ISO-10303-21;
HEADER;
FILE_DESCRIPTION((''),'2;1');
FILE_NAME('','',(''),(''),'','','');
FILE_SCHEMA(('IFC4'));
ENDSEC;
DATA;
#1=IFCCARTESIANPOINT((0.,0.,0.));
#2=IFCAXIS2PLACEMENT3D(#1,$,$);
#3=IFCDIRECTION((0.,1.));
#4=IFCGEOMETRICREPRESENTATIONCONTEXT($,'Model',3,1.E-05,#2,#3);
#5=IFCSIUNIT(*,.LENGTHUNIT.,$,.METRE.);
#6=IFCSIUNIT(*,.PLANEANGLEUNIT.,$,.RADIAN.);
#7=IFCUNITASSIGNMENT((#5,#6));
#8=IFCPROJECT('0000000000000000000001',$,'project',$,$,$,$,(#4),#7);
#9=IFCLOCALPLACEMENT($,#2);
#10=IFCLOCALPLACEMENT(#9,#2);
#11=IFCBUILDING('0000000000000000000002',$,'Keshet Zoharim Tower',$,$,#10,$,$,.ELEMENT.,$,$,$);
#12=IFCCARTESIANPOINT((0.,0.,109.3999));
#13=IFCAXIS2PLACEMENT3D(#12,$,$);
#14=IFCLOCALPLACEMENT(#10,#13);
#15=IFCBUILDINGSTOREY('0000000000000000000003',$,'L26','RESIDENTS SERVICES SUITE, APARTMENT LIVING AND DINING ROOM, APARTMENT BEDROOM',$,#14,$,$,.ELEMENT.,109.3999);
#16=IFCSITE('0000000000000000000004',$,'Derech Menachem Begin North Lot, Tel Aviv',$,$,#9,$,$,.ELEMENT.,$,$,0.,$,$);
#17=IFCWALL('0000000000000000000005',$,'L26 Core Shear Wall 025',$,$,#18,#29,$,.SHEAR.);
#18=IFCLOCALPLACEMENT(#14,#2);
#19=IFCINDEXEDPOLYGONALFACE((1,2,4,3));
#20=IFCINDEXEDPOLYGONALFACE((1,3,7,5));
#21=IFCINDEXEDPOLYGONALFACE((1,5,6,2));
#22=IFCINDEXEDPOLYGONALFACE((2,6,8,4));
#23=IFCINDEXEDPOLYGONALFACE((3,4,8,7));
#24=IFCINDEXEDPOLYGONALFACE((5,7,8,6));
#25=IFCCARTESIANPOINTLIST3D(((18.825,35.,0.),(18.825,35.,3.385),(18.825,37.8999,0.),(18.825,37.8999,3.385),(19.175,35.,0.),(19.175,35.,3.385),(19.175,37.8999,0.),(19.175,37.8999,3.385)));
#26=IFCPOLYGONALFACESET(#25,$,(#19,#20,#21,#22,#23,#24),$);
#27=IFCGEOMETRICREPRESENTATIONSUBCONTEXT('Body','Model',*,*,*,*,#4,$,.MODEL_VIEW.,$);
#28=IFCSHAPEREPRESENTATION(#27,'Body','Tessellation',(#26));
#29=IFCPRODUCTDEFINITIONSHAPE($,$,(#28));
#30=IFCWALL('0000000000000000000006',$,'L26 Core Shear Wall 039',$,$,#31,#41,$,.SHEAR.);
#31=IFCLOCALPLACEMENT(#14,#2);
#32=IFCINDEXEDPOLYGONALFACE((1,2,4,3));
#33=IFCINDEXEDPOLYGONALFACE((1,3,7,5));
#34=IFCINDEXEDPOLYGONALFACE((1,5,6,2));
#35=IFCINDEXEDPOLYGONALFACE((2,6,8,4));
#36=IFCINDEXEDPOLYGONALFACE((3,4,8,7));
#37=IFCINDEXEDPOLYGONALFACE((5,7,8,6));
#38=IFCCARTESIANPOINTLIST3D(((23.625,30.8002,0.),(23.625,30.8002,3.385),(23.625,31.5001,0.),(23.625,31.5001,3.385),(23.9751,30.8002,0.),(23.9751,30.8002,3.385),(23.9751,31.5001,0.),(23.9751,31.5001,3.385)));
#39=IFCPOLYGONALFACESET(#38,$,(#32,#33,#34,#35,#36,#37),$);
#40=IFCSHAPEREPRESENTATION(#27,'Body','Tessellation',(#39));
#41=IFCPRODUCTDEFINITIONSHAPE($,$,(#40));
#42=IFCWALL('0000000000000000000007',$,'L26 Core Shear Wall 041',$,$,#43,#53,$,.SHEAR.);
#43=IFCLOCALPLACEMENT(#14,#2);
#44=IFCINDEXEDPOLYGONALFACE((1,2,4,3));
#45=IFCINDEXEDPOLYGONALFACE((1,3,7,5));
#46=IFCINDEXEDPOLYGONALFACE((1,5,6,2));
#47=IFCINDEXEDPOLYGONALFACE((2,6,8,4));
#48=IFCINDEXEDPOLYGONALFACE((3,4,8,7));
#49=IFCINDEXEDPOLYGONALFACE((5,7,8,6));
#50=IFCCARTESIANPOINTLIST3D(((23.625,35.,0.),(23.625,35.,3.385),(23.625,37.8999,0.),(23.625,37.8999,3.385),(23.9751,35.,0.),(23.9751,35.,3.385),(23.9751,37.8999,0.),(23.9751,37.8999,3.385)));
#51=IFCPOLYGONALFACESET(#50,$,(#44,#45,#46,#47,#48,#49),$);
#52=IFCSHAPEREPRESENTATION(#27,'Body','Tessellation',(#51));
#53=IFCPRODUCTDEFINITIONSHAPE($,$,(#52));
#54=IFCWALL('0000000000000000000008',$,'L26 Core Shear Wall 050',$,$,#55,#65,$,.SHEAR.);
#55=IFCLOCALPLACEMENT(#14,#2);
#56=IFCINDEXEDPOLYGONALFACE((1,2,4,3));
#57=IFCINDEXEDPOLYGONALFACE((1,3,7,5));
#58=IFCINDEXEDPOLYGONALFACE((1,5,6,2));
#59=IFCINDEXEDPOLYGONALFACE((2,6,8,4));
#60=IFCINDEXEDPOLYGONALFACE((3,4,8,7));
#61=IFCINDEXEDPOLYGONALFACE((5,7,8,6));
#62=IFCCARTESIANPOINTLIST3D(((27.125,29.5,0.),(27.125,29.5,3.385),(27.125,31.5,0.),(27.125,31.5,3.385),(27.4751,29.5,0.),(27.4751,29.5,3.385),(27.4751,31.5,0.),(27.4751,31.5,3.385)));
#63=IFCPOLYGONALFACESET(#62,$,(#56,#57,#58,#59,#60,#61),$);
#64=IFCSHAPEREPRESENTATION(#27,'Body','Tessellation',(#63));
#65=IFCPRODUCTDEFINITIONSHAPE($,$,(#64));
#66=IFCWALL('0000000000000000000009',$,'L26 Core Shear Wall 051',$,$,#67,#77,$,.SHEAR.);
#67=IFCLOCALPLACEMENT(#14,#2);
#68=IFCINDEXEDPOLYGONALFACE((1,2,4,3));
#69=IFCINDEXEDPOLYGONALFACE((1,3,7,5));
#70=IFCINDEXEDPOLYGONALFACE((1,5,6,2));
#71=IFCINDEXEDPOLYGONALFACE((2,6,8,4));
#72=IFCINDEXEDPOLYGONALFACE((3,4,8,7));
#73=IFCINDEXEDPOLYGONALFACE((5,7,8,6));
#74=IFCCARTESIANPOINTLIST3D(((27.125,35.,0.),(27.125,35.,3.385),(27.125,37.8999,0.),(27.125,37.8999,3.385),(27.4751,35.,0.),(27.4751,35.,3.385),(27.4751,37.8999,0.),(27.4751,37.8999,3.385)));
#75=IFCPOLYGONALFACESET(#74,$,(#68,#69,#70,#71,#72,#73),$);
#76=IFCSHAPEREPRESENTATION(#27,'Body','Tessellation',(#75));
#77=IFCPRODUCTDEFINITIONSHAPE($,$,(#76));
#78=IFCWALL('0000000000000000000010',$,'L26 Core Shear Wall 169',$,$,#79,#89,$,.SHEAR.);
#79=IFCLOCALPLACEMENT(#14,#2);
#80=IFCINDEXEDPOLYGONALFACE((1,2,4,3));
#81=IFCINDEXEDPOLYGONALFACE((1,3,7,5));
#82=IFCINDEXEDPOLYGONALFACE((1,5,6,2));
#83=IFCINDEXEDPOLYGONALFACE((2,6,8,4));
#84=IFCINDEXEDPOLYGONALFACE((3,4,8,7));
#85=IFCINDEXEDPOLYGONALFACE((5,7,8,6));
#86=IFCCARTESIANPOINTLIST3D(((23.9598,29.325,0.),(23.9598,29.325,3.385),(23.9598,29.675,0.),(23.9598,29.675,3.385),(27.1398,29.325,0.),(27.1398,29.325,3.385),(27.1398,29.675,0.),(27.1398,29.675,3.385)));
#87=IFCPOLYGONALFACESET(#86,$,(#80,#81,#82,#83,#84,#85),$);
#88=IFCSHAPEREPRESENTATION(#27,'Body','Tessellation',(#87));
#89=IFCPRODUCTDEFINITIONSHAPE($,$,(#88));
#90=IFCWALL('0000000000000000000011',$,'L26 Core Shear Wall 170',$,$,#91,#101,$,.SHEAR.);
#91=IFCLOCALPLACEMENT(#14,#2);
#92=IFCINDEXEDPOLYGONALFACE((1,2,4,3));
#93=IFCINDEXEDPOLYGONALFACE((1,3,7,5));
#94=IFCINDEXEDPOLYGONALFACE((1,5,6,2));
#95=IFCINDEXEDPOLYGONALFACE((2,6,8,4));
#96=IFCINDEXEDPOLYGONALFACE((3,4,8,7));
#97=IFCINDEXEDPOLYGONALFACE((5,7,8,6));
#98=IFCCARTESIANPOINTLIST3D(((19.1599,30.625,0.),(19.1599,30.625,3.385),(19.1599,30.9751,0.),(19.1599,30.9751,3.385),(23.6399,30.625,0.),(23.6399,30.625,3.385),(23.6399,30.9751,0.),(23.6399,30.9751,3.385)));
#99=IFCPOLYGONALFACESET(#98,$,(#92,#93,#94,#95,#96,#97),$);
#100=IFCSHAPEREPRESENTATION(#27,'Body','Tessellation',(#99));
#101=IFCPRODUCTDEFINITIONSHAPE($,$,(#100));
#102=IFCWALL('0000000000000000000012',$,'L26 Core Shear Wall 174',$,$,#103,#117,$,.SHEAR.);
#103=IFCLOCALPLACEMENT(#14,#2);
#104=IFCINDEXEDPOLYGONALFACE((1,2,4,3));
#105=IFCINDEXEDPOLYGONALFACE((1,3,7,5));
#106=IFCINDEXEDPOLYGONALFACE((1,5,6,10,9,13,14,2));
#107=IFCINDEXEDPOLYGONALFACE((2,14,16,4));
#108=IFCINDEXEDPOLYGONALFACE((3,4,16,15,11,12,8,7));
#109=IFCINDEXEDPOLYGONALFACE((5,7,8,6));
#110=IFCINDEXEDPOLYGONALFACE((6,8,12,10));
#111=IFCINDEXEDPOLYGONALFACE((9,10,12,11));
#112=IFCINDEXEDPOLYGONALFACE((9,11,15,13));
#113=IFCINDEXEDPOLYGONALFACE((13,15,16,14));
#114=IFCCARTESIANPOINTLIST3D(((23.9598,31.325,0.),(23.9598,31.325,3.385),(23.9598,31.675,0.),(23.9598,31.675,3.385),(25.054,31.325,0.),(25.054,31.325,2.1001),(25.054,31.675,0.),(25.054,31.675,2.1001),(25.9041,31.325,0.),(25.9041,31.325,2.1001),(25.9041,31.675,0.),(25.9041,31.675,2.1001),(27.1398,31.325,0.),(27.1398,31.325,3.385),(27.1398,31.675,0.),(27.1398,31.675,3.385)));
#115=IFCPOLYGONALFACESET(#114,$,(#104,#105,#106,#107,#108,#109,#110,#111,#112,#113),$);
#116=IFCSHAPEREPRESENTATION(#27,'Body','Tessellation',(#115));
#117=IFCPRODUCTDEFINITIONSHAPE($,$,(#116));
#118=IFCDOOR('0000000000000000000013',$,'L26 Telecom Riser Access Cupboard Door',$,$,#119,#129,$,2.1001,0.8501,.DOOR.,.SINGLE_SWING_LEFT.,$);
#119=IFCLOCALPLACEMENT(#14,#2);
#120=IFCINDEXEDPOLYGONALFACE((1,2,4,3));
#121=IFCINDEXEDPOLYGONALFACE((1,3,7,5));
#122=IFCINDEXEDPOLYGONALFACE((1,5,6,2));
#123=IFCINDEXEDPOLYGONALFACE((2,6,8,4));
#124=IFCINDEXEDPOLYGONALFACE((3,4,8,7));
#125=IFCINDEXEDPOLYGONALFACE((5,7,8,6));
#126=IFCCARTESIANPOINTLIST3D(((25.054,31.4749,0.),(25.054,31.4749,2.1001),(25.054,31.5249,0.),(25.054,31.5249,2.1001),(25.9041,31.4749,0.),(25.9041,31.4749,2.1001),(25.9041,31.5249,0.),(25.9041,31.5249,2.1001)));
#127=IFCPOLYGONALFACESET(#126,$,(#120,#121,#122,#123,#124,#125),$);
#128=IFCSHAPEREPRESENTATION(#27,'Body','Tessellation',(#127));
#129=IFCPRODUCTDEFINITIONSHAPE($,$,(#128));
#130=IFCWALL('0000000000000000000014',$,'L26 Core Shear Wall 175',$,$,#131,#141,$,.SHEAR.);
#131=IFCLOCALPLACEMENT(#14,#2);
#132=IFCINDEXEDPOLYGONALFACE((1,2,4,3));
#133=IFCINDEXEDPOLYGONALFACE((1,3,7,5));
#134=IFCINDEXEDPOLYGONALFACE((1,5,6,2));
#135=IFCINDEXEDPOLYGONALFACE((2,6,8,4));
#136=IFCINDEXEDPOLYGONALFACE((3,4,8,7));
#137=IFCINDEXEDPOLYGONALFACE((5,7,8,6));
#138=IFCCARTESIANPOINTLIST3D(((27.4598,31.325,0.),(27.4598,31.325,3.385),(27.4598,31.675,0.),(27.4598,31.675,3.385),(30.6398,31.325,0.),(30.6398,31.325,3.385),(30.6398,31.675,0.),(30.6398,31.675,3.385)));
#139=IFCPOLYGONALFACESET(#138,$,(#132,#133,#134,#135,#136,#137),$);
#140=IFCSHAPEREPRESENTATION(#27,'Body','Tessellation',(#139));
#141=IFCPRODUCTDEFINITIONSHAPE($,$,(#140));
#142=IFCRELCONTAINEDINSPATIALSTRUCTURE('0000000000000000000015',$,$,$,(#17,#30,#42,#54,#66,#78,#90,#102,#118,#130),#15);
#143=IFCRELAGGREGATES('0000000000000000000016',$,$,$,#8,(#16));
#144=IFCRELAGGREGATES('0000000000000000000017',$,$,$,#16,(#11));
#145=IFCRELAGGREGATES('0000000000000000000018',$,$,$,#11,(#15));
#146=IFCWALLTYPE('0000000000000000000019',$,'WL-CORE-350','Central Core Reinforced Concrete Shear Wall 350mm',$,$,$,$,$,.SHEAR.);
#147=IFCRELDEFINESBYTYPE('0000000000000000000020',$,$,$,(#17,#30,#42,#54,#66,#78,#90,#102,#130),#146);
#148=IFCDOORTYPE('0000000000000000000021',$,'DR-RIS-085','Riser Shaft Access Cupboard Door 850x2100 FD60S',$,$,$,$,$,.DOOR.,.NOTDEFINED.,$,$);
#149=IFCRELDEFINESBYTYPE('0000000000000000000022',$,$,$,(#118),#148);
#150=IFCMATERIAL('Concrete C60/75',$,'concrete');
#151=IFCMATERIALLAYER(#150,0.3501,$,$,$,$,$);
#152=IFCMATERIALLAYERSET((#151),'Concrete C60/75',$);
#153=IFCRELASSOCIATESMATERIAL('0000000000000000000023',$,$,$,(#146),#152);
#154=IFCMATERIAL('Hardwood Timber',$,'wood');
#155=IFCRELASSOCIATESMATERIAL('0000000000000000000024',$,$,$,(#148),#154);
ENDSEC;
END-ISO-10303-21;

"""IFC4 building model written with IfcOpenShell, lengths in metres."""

from ifc_helpers import new_model, si_unit, direction, frame, frame_2d, origin, place, context, subcontext, project, spatial, rectangle, extrude, material, layer, layer_set, type_object, element, fill, save


model = new_model("IFC4")

# Units and contexts
model_context = context("Model", 3, precision=1e-05, world=origin(), true_north=direction((0.0, 1.0)))
body_context = subcontext(model_context, "Body", "Model", "MODEL_VIEW")
ifc_project = project(units=[si_unit("LENGTHUNIT", "METRE"), si_unit("PLANEANGLEUNIT", "RADIAN")], contexts=[model_context])

# Site, building, storey
site_placement = place(None, origin())
site = spatial("IfcSite", under=ifc_project, at=site_placement, Name="Derech Menachem Begin North Lot, Tel Aviv", CompositionType="ELEMENT", RefElevation=0.0)
building_placement = place(site_placement, origin())
building = spatial("IfcBuilding", under=site, at=building_placement, Name="Keshet Zoharim Tower", CompositionType="ELEMENT")
storey_placement = place(building_placement, frame((0.0, 0.0, 109.3999)))
storey = spatial("IfcBuildingStorey", under=building, at=storey_placement, Name="L26", Description="RESIDENTS SERVICES SUITE, APARTMENT LIVING AND DINING ROOM, APARTMENT BEDROOM", CompositionType="ELEMENT", Elevation=109.3999)

# Walls
ifc_material_1 = material(Name="Concrete C60/75", Category="concrete")
ifc_layer_1 = layer(ifc_material_1, 0.3501)
ifc_layer_set_1 = layer_set([ifc_layer_1], Name="Concrete C60/75")
wall_type_1 = type_object("IfcWallType", Name="WL-CORE-350", Description="Central Core Reinforced Concrete Shear Wall 350mm", PredefinedType="SHEAR", material=ifc_layer_set_1)
wall_1_placement = place(storey_placement, frame((19.0, 35.0, 0.0), z_axis=(0.0, 0.0, 1.0), x_axis=(0.0, 1.0, 0.0)))
element("IfcWall", 1, at=wall_1_placement, inside=storey, type_object=wall_type_1, Name="L26 Core Shear Wall 025", PredefinedType="SHEAR", context=body_context, shape_type="SweptSolid", body=[
    extrude(rectangle(XDim=2.8999, YDim=0.3501, at=frame_2d((1.45, 0.0))), origin(), (0.0, 0.0, 1.0), 3.385),
])
wall_2_placement = place(storey_placement, frame((23.8, 30.8, 0.0), z_axis=(0.0, 0.0, 1.0), x_axis=(0.0, 1.0, 0.0)))
element("IfcWall", 2, at=wall_2_placement, inside=storey, type_object=wall_type_1, Name="L26 Core Shear Wall 039", PredefinedType="SHEAR", context=body_context, shape_type="SweptSolid", body=[
    extrude(rectangle(XDim=0.7, YDim=0.3501, at=frame_2d((0.3501, 0.0))), origin(), (0.0, 0.0, 1.0), 3.385),
])

# Shared definitions
ifc_material_2 = material(Name="Hardwood Timber", Category="wood")

# Walls
wall_3_placement = place(storey_placement, frame((23.8, 35.0, 0.0), z_axis=(0.0, 0.0, 1.0), x_axis=(0.0, 1.0, 0.0)))
element("IfcWall", 3, at=wall_3_placement, inside=storey, type_object=wall_type_1, Name="L26 Core Shear Wall 041", PredefinedType="SHEAR", context=body_context, shape_type="SweptSolid", body=[
    extrude(rectangle(XDim=2.8999, YDim=0.3501, at=frame_2d((1.45, 0.0))), origin(), (0.0, 0.0, 1.0), 3.385),
])
wall_4_placement = place(storey_placement, frame((27.3, 29.5, 0.0), z_axis=(0.0, 0.0, 1.0), x_axis=(0.0, 1.0, 0.0)))
element("IfcWall", 4, at=wall_4_placement, inside=storey, type_object=wall_type_1, Name="L26 Core Shear Wall 050", PredefinedType="SHEAR", context=body_context, shape_type="SweptSolid", body=[
    extrude(rectangle(XDim=2.0, YDim=0.3501, at=frame_2d((1.0, 0.0))), origin(), (0.0, 0.0, 1.0), 3.385),
])
wall_5_placement = place(storey_placement, frame((27.3, 35.0, 0.0), z_axis=(0.0, 0.0, 1.0), x_axis=(0.0, 1.0, 0.0)))
element("IfcWall", 5, at=wall_5_placement, inside=storey, type_object=wall_type_1, Name="L26 Core Shear Wall 051", PredefinedType="SHEAR", context=body_context, shape_type="SweptSolid", body=[
    extrude(rectangle(XDim=2.8999, YDim=0.3501, at=frame_2d((1.45, 0.0))), origin(), (0.0, 0.0, 1.0), 3.385),
])
wall_6_placement = place(storey_placement, frame((23.96, 29.5, 0.0), z_axis=(0.0, 0.0, 1.0), x_axis=(1.0, 0.0, 0.0)))
element("IfcWall", 6, at=wall_6_placement, inside=storey, type_object=wall_type_1, Name="L26 Core Shear Wall 169", PredefinedType="SHEAR", context=body_context, shape_type="SweptSolid", body=[
    extrude(rectangle(XDim=3.1799, YDim=0.3501, at=frame_2d((1.5898, 0.0))), origin(), (0.0, 0.0, 1.0), 3.385),
])
wall_7_placement = place(storey_placement, frame((19.1599, 30.8, 0.0), z_axis=(0.0, 0.0, 1.0), x_axis=(1.0, 0.0, 0.0)))
element("IfcWall", 7, at=wall_7_placement, inside=storey, type_object=wall_type_1, Name="L26 Core Shear Wall 170", PredefinedType="SHEAR", context=body_context, shape_type="SweptSolid", body=[
    extrude(rectangle(XDim=4.48, YDim=0.3501, at=frame_2d((2.24, 0.0))), origin(), (0.0, 0.0, 1.0), 3.385),
])

# Wall, opening, door
wall_8_placement = place(storey_placement, frame((23.96, 31.5, 0.0), z_axis=(0.0, 0.0, 1.0), x_axis=(1.0, 0.0, 0.0)))
wall_8 = element("IfcWall", 8, at=wall_8_placement, inside=storey, type_object=wall_type_1, Name="L26 Core Shear Wall 174", PredefinedType="SHEAR", context=body_context, shape_type="SweptSolid", body=[
    extrude(rectangle(XDim=3.1799, YDim=0.3501, at=frame_2d((1.5898, 0.0))), origin(), (0.0, 0.0, 1.0), 3.385),
])
opening_1_placement = place(wall_8_placement, frame((1.094, 0.0, 0.0)))
opening_1 = element("IfcOpeningElement", 9, at=opening_1_placement, cuts=wall_8, PredefinedType="OPENING", context=body_context, shape_type="SweptSolid", body=[
    extrude(rectangle(XDim=0.8501, YDim=2.1001, at=frame_2d((0.425, 1.05))), frame((0.0, 0.1851, 0.0), z_axis=(0.0, -1.0, 0.0), x_axis=(1.0, 0.0, 0.0)), (0.0, 0.0, 1.0), 0.3701),
])
door_type_1 = type_object("IfcDoorType", Name="DR-RIS-085", Description="Riser Shaft Access Cupboard Door 850x2100 FD60S", OperationType="NOTDEFINED", PredefinedType="DOOR", material=ifc_material_2)
door_1_placement = place(opening_1_placement, origin())
door_1 = element("IfcDoor", 10, at=door_1_placement, inside=storey, type_object=door_type_1, Name="L26 Telecom Riser Access Cupboard Door", OperationType="SINGLE_SWING_LEFT", OverallHeight=2.1001, OverallWidth=0.8501, PredefinedType="DOOR", context=body_context, shape_type="SweptSolid", body=[
    extrude(rectangle(XDim=0.8501, YDim=2.1001, at=frame_2d((0.425, 1.05))), frame((0.0, 0.0249, 0.0), z_axis=(0.0, -1.0, 0.0), x_axis=(1.0, 0.0, 0.0)), (0.0, 0.0, 1.0), 0.05),
])
fill(opening_1, door_1)

# Wall
wall_9_placement = place(storey_placement, frame((27.46, 31.5, 0.0), z_axis=(0.0, 0.0, 1.0), x_axis=(1.0, 0.0, 0.0)))
element("IfcWall", 11, at=wall_9_placement, inside=storey, type_object=wall_type_1, Name="L26 Core Shear Wall 175", PredefinedType="SHEAR", context=body_context, shape_type="SweptSolid", body=[
    extrude(rectangle(XDim=3.1799, YDim=0.3501, at=frame_2d((1.5898, 0.0))), origin(), (0.0, 0.0, 1.0), 3.385),
])

save(model, "model.ifc")
